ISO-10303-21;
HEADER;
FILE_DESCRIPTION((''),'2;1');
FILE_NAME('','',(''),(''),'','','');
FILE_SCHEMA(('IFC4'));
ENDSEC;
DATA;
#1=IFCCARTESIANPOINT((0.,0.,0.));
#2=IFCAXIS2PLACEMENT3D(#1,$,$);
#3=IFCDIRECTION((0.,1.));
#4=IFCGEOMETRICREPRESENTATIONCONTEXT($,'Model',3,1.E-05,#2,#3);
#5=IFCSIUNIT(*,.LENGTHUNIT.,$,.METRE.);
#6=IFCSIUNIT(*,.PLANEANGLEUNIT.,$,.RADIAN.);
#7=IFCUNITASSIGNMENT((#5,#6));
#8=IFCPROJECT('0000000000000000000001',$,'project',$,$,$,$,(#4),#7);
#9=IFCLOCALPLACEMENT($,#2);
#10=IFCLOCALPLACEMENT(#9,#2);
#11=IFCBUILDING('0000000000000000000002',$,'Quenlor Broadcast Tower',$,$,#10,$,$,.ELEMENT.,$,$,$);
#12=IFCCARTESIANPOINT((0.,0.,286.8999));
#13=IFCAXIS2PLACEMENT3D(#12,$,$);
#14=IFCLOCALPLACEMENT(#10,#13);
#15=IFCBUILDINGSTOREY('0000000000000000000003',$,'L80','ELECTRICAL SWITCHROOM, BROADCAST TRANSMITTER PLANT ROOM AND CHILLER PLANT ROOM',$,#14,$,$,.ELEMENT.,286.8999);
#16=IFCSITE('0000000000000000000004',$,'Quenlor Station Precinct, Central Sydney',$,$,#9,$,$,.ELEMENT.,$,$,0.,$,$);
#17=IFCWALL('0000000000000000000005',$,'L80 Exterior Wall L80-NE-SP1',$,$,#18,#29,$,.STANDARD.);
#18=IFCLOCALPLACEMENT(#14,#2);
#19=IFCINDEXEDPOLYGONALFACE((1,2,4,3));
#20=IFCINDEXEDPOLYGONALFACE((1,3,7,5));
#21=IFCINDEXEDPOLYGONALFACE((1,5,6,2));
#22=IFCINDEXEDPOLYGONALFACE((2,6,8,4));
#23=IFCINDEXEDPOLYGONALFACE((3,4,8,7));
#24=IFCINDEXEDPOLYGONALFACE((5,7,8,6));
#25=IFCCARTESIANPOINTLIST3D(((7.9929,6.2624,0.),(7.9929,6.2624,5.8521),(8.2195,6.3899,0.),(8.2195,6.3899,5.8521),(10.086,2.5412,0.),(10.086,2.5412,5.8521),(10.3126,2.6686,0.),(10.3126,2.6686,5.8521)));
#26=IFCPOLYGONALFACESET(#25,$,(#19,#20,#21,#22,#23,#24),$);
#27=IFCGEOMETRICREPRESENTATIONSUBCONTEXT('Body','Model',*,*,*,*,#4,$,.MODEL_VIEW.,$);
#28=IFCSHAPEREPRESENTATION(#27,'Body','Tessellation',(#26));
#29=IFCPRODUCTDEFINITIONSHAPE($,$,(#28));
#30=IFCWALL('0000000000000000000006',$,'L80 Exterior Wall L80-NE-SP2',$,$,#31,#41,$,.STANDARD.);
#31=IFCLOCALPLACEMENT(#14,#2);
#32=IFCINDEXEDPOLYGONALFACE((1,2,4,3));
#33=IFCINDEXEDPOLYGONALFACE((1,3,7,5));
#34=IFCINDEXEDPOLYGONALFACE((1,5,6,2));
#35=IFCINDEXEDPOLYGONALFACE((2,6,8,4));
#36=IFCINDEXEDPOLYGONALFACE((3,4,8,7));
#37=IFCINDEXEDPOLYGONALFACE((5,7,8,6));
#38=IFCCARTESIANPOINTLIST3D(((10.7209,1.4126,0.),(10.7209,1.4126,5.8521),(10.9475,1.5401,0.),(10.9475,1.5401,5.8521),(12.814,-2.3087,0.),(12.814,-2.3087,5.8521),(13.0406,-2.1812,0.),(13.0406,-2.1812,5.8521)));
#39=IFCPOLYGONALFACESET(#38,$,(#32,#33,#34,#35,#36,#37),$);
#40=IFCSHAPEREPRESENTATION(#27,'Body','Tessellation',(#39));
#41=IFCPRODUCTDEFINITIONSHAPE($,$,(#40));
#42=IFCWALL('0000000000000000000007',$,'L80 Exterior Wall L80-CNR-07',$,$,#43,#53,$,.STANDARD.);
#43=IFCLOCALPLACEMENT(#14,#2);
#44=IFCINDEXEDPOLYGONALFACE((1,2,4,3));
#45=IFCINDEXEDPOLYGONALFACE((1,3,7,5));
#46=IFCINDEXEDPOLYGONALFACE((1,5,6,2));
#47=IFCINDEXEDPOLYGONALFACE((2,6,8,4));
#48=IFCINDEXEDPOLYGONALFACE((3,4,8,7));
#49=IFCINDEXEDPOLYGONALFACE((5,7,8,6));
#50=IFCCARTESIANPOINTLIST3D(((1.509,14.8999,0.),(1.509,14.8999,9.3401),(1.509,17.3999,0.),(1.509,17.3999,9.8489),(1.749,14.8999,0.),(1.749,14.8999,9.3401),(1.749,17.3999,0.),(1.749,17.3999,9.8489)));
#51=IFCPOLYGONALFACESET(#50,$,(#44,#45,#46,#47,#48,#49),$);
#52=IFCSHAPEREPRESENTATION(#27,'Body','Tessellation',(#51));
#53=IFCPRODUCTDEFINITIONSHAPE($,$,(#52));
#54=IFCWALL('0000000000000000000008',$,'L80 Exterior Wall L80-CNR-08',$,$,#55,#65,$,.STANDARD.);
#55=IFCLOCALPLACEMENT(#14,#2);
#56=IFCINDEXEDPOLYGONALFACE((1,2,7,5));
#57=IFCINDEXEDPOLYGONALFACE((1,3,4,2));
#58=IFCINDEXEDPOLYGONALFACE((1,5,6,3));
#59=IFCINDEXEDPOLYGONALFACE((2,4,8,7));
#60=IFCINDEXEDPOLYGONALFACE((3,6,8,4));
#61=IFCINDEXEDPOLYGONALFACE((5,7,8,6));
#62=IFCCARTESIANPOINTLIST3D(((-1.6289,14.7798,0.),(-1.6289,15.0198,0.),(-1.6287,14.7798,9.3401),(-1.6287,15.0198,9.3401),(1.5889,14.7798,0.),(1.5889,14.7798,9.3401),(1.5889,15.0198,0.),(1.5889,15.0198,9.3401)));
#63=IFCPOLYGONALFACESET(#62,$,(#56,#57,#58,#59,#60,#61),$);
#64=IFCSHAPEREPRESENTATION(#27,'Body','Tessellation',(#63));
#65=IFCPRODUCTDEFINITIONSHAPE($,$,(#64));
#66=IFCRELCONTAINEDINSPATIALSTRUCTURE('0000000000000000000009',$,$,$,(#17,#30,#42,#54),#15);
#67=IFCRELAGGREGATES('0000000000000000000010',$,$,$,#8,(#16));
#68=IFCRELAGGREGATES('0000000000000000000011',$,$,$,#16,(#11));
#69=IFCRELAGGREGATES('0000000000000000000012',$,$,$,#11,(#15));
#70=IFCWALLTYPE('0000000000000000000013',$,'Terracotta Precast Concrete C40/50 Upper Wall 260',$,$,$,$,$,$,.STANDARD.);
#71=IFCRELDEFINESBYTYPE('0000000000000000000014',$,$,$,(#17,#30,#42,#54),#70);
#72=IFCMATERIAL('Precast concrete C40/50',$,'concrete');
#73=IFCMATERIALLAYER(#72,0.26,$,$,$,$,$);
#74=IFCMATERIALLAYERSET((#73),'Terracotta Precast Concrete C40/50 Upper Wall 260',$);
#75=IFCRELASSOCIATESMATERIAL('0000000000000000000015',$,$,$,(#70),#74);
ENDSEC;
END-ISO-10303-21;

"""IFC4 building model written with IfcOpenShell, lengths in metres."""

from ifc_helpers import new_model, si_unit, direction, frame, frame_2d, origin, place, context, subcontext, project, spatial, polyline, rectangle, outline, extrude, material, layer, layer_set, type_object, element, save


model = new_model("IFC4")

# Units and contexts
model_context = context("Model", 3, precision=1e-05, world=origin(), true_north=direction((0.0, 1.0)))
body_context = subcontext(model_context, "Body", "Model", "MODEL_VIEW")
ifc_project = project(units=[si_unit("LENGTHUNIT", "METRE"), si_unit("PLANEANGLEUNIT", "RADIAN")], contexts=[model_context])

# Site, building, storey
site_placement = place(None, origin())
site = spatial("IfcSite", under=ifc_project, at=site_placement, Name="Quenlor Station Precinct, Central Sydney", CompositionType="ELEMENT", RefElevation=0.0)
building_placement = place(site_placement, origin())
building = spatial("IfcBuilding", under=site, at=building_placement, Name="Quenlor Broadcast Tower", CompositionType="ELEMENT")
storey_placement = place(building_placement, frame((0.0, 0.0, 286.8999)))
storey = spatial("IfcBuildingStorey", under=building, at=storey_placement, Name="L80", Description="ELECTRICAL SWITCHROOM, BROADCAST TRANSMITTER PLANT ROOM AND CHILLER PLANT ROOM", CompositionType="ELEMENT", Elevation=286.8999)

# Walls
ifc_material_1 = material(Name="Precast concrete C40/50", Category="concrete")
ifc_layer_1 = layer(ifc_material_1, 0.26)
ifc_layer_set_1 = layer_set([ifc_layer_1], Name="Terracotta Precast Concrete C40/50 Upper Wall 260")
wall_type_1 = type_object("IfcWallType", Name="Terracotta Precast Concrete C40/50 Upper Wall 260", PredefinedType="STANDARD", material=ifc_layer_set_1)
for number, where, z_axis, x_axis, name in (
    (1, (8.1062, 6.3262, 0.0), (0.0, 0.0, 1.0), (0.490234, -0.871591, 0.0), "L80 Exterior Wall L80-NE-SP1"),
    (2, (10.8342, 1.4763, 0.0), (0.0, 0.0, 1.0), (0.490234, -0.871591, 0.0), "L80 Exterior Wall L80-NE-SP2"),
):
    element("IfcWall", number, at=place(storey_placement, frame(where, z_axis=z_axis, x_axis=x_axis)), inside=storey, type_object=wall_type_1, Name=name, PredefinedType="STANDARD", context=body_context, shape_type="SweptSolid", body=[
        extrude(rectangle(XDim=4.2695, YDim=0.26, at=frame_2d((2.1348, 0.0))), origin(), (0.0, 0.0, 1.0), 5.8521),
    ])
wall_1_placement = place(storey_placement, frame((1.6289, 17.3999, 0.0), z_axis=(0.0, 0.0, 1.0), x_axis=(0.0, -1.0, 0.0)))
element("IfcWall", 3, at=wall_1_placement, inside=storey, type_object=wall_type_1, Name="L80 Exterior Wall L80-CNR-07", PredefinedType="STANDARD", context=body_context, shape_type="SweptSolid", body=[
    extrude(outline(polyline([(0.0, 0.0), (2.5, 0.0), (2.5, 9.3401), (0.0, 9.8489), (0.0, 0.0)])), frame((0.0, 0.1201, 0.0), z_axis=(0.0, -1.0, 0.0), x_axis=(1.0, 0.0, 0.0)), (0.0, 0.0, 1.0), 0.24),
])
wall_2_placement = place(storey_placement, frame((1.5889, 14.8999, 0.0), z_axis=(0.0, 0.0, 1.0), x_axis=(-1.0, 0.0, 0.0)))
element("IfcWall", 4, at=wall_2_placement, inside=storey, type_object=wall_type_1, Name="L80 Exterior Wall L80-CNR-08", PredefinedType="STANDARD", context=body_context, shape_type="SweptSolid", body=[
    extrude(outline(polyline([(0.0, 0.0), (3.2178, 0.0), (3.2175, 9.3401), (0.0, 9.3401), (0.0, 0.0)])), frame((0.0, 0.1201, 0.0), z_axis=(0.0, -1.0, 0.0), x_axis=(1.0, 0.0, 0.0)), (0.0, 0.0, 1.0), 0.24),
])

save(model, "model.ifc")
